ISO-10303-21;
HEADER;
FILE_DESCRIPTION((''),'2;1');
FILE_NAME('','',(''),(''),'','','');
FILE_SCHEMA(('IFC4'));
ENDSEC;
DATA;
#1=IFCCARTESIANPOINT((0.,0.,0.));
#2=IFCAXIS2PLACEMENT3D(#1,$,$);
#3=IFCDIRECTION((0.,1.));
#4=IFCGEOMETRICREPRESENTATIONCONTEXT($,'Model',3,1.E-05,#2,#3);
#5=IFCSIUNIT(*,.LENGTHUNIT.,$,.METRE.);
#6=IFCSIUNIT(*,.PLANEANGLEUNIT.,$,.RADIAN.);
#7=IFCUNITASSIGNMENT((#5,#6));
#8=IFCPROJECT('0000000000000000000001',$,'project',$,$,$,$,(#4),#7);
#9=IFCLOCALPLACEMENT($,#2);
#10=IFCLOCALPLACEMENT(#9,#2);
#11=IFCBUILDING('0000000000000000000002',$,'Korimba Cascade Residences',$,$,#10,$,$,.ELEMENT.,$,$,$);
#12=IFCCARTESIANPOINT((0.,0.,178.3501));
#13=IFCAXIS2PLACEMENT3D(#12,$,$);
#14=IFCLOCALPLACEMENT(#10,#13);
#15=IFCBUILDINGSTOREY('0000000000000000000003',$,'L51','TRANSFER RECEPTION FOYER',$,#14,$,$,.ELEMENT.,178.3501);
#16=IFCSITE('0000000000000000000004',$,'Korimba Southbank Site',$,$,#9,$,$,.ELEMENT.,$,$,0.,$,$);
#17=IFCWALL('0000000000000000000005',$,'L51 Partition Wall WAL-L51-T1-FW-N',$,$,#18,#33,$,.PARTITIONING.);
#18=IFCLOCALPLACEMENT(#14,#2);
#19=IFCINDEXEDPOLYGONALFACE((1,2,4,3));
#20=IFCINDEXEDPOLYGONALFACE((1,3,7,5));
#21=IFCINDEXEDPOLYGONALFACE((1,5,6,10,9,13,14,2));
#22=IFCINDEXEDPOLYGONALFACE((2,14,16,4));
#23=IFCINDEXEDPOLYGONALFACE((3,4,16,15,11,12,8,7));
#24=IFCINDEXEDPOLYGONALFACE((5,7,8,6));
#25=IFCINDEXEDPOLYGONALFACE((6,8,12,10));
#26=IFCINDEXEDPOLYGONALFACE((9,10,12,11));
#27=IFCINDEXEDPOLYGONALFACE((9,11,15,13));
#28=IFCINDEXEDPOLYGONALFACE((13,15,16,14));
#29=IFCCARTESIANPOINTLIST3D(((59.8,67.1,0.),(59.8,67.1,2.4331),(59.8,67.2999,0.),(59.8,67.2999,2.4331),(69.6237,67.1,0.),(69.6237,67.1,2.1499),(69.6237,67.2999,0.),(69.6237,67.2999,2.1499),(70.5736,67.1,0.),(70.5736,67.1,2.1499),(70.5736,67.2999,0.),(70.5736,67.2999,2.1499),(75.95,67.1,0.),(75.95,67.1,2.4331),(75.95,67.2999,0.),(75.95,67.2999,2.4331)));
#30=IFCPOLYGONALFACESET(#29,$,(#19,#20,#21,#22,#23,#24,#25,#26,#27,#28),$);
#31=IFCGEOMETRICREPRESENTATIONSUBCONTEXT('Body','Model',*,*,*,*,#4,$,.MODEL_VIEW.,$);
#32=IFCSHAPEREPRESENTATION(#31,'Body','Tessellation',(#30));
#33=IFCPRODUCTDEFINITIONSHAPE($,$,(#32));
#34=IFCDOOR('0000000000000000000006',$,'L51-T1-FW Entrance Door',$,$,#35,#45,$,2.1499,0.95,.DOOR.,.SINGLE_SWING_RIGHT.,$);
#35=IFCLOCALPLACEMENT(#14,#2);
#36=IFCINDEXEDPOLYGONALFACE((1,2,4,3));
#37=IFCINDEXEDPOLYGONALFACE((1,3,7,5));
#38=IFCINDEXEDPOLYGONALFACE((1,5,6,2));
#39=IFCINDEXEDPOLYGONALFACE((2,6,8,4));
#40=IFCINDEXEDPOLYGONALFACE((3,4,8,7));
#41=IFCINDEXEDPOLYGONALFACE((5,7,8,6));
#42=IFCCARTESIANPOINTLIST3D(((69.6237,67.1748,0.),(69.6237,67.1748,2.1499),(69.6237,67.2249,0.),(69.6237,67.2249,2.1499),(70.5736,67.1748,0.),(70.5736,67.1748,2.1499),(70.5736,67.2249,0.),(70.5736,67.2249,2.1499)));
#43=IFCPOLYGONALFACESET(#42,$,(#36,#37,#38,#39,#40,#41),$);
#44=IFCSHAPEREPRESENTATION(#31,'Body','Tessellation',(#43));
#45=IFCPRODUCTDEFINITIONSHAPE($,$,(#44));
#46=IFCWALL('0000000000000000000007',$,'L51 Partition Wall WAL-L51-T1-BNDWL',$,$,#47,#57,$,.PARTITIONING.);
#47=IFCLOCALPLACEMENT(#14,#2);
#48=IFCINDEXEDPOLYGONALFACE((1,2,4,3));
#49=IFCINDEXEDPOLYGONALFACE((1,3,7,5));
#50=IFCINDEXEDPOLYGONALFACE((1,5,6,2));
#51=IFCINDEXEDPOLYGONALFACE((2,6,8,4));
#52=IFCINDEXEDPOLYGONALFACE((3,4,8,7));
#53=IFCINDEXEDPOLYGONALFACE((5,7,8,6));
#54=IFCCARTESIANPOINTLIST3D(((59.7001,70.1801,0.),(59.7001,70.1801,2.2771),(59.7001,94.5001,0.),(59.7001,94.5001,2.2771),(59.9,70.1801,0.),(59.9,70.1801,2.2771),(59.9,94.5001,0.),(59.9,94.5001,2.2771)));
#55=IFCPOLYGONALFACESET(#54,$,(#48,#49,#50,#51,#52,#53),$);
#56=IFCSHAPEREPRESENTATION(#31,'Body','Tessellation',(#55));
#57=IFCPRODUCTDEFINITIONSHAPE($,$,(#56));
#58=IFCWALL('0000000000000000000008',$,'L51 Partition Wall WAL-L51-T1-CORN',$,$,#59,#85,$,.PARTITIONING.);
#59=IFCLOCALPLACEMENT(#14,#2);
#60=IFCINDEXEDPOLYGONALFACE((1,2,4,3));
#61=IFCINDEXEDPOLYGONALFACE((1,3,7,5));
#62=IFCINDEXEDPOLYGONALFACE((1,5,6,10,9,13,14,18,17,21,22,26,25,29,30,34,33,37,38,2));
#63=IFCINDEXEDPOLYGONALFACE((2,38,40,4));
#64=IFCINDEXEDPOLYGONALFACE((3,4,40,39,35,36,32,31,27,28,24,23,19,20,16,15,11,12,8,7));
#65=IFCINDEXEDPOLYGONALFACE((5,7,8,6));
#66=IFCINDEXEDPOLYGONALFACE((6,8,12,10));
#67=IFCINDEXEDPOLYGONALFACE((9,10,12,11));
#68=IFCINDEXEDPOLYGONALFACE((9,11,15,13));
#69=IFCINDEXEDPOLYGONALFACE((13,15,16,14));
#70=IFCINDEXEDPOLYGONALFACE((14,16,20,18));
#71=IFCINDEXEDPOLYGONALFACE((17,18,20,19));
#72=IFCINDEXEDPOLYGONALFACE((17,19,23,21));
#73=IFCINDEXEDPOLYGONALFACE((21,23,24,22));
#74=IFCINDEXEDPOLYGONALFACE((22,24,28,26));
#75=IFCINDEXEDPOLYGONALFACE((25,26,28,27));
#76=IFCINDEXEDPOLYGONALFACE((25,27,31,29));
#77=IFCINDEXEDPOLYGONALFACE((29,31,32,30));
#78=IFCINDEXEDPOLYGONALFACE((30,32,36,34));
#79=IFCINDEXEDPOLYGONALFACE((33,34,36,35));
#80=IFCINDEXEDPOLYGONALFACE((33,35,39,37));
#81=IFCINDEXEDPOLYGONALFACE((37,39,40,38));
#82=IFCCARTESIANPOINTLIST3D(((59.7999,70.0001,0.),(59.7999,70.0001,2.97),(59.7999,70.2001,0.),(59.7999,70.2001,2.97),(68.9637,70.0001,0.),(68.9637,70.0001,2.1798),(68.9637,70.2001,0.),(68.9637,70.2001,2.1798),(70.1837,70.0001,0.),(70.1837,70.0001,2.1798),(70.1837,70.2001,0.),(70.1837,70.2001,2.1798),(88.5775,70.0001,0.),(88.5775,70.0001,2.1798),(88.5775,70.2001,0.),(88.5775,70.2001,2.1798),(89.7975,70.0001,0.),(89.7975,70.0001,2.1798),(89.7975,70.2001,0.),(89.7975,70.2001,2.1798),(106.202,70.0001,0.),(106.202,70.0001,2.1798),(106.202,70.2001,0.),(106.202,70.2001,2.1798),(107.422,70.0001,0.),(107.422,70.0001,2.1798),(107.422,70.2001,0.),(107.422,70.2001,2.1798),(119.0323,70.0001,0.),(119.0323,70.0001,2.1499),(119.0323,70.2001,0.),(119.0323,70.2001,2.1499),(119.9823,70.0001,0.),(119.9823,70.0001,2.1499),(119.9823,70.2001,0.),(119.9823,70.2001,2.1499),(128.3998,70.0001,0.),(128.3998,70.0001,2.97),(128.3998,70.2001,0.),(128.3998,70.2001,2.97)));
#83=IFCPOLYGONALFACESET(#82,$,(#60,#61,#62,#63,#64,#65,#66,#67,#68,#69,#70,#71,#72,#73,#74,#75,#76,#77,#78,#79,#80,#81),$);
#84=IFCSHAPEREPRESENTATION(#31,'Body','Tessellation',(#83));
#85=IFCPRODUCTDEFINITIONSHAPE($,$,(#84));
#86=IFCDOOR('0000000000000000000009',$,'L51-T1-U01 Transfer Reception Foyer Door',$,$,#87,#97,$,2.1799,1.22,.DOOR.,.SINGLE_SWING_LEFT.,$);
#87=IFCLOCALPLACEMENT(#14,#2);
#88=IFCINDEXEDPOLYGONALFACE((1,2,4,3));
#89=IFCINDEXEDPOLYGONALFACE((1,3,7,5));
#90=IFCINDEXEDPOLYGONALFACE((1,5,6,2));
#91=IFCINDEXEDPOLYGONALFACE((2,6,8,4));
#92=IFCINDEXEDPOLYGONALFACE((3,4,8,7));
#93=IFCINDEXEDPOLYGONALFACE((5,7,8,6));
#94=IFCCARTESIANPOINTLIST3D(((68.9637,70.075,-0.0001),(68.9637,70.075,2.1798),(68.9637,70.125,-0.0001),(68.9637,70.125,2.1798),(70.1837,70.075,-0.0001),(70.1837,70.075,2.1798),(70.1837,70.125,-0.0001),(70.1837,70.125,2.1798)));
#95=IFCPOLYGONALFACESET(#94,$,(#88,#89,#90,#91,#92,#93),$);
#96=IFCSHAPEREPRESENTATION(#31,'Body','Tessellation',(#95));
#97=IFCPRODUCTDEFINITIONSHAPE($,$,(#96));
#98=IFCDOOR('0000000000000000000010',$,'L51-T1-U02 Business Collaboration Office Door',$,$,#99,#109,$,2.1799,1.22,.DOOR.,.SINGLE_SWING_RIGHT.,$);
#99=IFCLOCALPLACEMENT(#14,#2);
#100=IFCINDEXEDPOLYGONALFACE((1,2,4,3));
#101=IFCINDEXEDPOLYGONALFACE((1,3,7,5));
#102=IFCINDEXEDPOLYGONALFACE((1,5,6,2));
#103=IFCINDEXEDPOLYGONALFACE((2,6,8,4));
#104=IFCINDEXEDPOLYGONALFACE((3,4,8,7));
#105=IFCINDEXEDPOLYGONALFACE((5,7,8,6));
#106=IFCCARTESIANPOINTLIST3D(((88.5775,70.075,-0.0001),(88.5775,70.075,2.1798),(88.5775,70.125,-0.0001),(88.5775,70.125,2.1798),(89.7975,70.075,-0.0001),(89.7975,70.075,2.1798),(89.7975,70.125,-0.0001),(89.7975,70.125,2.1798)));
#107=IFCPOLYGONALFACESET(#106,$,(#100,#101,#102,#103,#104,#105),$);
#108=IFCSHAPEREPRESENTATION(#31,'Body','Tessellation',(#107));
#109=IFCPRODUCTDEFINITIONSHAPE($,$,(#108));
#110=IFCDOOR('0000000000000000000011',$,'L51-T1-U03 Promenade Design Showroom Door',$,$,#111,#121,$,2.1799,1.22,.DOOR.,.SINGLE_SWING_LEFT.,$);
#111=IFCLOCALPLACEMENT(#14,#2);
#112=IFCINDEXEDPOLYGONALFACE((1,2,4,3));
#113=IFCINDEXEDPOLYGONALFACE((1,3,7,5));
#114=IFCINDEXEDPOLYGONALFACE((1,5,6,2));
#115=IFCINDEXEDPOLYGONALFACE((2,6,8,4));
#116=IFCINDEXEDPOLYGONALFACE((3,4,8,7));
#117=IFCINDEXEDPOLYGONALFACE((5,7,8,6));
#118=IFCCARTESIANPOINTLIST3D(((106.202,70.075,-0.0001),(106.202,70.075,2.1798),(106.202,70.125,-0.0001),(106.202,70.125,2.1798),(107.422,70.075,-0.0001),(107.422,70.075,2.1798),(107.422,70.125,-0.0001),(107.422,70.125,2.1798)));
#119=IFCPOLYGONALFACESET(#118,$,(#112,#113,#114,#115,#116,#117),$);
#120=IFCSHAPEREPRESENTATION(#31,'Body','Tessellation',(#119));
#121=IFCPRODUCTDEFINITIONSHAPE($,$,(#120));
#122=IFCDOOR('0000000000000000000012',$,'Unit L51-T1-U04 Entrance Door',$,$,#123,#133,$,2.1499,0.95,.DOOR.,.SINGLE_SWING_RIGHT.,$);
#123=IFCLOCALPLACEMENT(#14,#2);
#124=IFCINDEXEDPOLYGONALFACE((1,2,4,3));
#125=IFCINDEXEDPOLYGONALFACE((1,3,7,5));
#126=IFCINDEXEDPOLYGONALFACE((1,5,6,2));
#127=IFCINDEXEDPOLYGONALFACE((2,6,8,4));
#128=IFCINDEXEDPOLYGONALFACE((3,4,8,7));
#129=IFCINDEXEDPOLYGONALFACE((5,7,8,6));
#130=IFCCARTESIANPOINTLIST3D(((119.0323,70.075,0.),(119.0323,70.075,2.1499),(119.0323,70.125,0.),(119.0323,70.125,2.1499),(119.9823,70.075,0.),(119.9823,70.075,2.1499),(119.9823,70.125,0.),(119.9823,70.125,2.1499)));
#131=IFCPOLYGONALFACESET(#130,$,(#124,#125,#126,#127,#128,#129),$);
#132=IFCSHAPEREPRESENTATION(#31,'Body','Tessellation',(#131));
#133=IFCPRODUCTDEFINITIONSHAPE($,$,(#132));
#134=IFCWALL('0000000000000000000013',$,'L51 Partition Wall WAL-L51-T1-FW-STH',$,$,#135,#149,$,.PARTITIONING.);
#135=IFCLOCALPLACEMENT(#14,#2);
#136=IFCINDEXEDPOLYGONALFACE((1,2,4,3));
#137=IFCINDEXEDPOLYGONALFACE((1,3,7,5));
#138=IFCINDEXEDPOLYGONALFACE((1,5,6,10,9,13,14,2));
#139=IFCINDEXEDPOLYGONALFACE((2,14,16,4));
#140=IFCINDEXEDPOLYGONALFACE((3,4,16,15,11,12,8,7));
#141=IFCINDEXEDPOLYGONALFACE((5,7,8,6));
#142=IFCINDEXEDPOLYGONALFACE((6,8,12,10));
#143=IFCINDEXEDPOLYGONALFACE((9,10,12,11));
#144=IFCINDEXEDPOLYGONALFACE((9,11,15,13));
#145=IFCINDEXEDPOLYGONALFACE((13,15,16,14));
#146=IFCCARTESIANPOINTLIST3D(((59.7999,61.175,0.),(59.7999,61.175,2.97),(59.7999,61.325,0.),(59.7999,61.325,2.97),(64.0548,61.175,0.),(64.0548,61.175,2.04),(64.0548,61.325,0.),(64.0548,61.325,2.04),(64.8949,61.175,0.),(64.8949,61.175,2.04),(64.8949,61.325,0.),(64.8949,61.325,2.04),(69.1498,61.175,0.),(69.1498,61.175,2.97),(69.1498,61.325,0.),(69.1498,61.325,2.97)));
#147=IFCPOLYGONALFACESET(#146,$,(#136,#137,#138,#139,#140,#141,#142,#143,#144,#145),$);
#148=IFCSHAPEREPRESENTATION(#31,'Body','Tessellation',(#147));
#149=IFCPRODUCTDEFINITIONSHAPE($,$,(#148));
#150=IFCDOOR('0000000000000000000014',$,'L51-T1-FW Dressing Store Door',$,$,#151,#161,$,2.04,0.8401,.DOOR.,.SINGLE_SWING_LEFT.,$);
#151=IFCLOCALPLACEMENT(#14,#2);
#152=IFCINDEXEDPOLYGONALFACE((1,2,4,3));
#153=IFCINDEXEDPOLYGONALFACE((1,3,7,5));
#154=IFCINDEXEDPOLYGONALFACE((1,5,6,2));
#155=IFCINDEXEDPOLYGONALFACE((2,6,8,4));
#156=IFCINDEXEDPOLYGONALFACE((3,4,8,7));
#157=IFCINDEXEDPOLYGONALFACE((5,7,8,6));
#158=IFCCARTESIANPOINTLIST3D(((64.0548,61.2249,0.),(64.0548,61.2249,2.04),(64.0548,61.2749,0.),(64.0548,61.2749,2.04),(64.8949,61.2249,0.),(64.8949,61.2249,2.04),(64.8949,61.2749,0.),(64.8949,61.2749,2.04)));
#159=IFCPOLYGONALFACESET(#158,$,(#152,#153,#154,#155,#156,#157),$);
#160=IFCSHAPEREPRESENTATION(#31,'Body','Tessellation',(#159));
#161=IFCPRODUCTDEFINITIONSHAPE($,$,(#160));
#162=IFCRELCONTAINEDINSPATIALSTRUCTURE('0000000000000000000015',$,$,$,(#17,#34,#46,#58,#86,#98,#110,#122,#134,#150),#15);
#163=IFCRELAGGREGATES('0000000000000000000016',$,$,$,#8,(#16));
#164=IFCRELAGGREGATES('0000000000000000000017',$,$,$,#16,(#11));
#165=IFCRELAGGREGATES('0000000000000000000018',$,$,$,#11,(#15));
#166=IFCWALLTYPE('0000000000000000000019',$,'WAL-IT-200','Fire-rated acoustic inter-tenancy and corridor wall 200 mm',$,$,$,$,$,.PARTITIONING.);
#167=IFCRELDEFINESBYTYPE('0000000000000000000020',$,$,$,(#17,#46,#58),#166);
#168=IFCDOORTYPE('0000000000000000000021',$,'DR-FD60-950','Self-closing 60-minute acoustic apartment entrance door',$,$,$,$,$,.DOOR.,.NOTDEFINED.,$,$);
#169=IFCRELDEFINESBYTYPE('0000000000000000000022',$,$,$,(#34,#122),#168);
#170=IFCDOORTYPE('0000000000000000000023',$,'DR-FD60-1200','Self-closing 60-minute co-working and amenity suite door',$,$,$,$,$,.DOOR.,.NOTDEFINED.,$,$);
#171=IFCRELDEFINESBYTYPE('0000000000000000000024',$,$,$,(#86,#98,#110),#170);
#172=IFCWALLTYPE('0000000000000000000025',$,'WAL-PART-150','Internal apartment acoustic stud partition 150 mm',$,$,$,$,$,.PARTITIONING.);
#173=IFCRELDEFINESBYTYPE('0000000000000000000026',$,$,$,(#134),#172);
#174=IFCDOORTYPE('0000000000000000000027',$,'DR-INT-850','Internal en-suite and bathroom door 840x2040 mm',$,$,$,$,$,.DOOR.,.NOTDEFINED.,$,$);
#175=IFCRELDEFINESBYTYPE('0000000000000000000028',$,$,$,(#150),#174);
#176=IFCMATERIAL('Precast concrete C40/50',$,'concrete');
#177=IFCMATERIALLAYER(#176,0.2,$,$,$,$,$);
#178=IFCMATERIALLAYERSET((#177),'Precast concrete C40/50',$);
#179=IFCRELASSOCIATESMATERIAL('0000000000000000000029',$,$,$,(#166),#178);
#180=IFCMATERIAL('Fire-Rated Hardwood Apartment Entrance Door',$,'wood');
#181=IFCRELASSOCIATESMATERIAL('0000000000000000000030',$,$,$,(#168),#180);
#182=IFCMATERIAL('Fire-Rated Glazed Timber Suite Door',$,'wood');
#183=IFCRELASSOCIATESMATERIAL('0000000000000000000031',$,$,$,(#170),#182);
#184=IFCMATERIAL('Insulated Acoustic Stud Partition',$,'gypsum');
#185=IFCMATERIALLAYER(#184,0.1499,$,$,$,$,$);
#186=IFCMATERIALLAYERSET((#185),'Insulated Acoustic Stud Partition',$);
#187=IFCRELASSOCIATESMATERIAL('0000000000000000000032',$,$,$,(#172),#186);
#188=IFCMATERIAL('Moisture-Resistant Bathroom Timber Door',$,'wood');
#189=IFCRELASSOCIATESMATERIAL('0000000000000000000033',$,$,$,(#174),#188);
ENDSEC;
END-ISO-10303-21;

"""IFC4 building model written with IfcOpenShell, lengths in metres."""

from ifc_helpers import new_model, si_unit, direction, frame, frame_2d, origin, place, context, subcontext, project, spatial, rectangle, extrude, material, layer, layer_set, type_object, element, fill, save


model = new_model("IFC4")

# Units and contexts
model_context = context("Model", 3, precision=1e-05, world=origin(), true_north=direction((0.0, 1.0)))
body_context = subcontext(model_context, "Body", "Model", "MODEL_VIEW")
ifc_project = project(units=[si_unit("LENGTHUNIT", "METRE"), si_unit("PLANEANGLEUNIT", "RADIAN")], contexts=[model_context])

# Site, building, storey
site_placement = place(None, origin())
site = spatial("IfcSite", under=ifc_project, at=site_placement, Name="Korimba Southbank Site", CompositionType="ELEMENT", RefElevation=0.0)
building_placement = place(site_placement, origin())
building = spatial("IfcBuilding", under=site, at=building_placement, Name="Korimba Cascade Residences", CompositionType="ELEMENT")
storey_placement = place(building_placement, frame((0.0, 0.0, 178.3501)))
storey = spatial("IfcBuildingStorey", under=building, at=storey_placement, Name="L51", Description="TRANSFER RECEPTION FOYER", CompositionType="ELEMENT", Elevation=178.3501)

# Wall, opening, door
ifc_material_1 = material(Name="Precast concrete C40/50", Category="concrete")
ifc_layer_1 = layer(ifc_material_1, 0.2)
ifc_layer_set_1 = layer_set([ifc_layer_1], Name="Precast concrete C40/50")
wall_type_1 = type_object("IfcWallType", Name="WAL-IT-200", Description="Fire-rated acoustic inter-tenancy and corridor wall 200 mm", PredefinedType="PARTITIONING", material=ifc_layer_set_1)
wall_1_placement = place(storey_placement, frame((59.8, 67.2, 0.0), z_axis=(0.0, 0.0, 1.0), x_axis=(1.0, 0.0, 0.0)))
wall_1 = element("IfcWall", 1, at=wall_1_placement, inside=storey, type_object=wall_type_1, Name="L51 Partition Wall WAL-L51-T1-FW-N", PredefinedType="PARTITIONING", context=body_context, shape_type="SweptSolid", body=[
    extrude(rectangle(XDim=16.1499, YDim=0.2, at=frame_2d((8.075, 0.0))), origin(), (0.0, 0.0, 1.0), 2.4331),
])
opening_1_placement = place(wall_1_placement, frame((9.8235, 0.0, 0.0)))
opening_1 = element("IfcOpeningElement", 2, at=opening_1_placement, cuts=wall_1, PredefinedType="OPENING", context=body_context, shape_type="SweptSolid", body=[
    extrude(rectangle(XDim=0.95, YDim=2.1499, at=frame_2d((0.4751, 1.075))), frame((0.0, 0.1099, 0.0), z_axis=(0.0, -1.0, 0.0), x_axis=(1.0, 0.0, 0.0)), (0.0, 0.0, 1.0), 0.22),
])
ifc_material_2 = material(Name="Fire-Rated Hardwood Apartment Entrance Door", Category="wood")
door_type_1 = type_object("IfcDoorType", Name="DR-FD60-950", Description="Self-closing 60-minute acoustic apartment entrance door", OperationType="NOTDEFINED", PredefinedType="DOOR", material=ifc_material_2)
door_1_placement = place(opening_1_placement, origin())
door_1 = element("IfcDoor", 3, at=door_1_placement, inside=storey, type_object=door_type_1, Name="L51-T1-FW Entrance Door", OperationType="SINGLE_SWING_RIGHT", OverallHeight=2.1499, OverallWidth=0.95, PredefinedType="DOOR", context=body_context, shape_type="SweptSolid", body=[
    extrude(rectangle(XDim=0.95, YDim=2.1499, at=frame_2d((0.4751, 1.075))), frame((0.0, 0.0249, 0.0), z_axis=(0.0, -1.0, 0.0), x_axis=(1.0, 0.0, 0.0)), (0.0, 0.0, 1.0), 0.05),
])
fill(opening_1, door_1)

# Wall
wall_2_placement = place(storey_placement, frame((59.8, 70.1799, 0.0), z_axis=(0.0, 0.0, 1.0), x_axis=(0.0, 1.0, 0.0)))
element("IfcWall", 4, at=wall_2_placement, inside=storey, type_object=wall_type_1, Name="L51 Partition Wall WAL-L51-T1-BNDWL", PredefinedType="PARTITIONING", context=body_context, shape_type="SweptSolid", body=[
    extrude(rectangle(XDim=24.3201, YDim=0.2, at=frame_2d((12.1602, 0.0))), origin(), (0.0, 0.0, 1.0), 2.2771),
])

# Wall, openings, doors
wall_3_placement = place(storey_placement, frame((59.8, 70.1001, 0.0), z_axis=(0.0, 0.0, 1.0), x_axis=(1.0, 0.0, 0.0)))
wall_3 = element("IfcWall", 5, at=wall_3_placement, inside=storey, type_object=wall_type_1, Name="L51 Partition Wall WAL-L51-T1-CORN", PredefinedType="PARTITIONING", context=body_context, shape_type="SweptSolid", body=[
    extrude(rectangle(XDim=68.5999, YDim=0.2, at=frame_2d((34.2998, 0.0))), origin(), (0.0, 0.0, 1.0), 2.97),
])
opening_2_placement = place(wall_3_placement, frame((9.1638, 0.0, 0.0)))
opening_2 = element("IfcOpeningElement", 6, at=opening_2_placement, cuts=wall_3, PredefinedType="OPENING", context=body_context, shape_type="SweptSolid", body=[
    extrude(rectangle(XDim=1.22, YDim=2.1799, at=frame_2d((0.6099, 1.0898))), frame((0.0, 0.1099, 0.0), z_axis=(0.0, -1.0, 0.0), x_axis=(1.0, 0.0, 0.0)), (0.0, 0.0, 1.0), 0.22),
])
opening_3_placement = place(wall_3_placement, frame((28.7776, 0.0, 0.0)))
opening_3 = element("IfcOpeningElement", 7, at=opening_3_placement, cuts=wall_3, PredefinedType="OPENING", context=body_context, shape_type="SweptSolid", body=[
    extrude(rectangle(XDim=1.22, YDim=2.1799, at=frame_2d((0.6099, 1.0898))), frame((0.0, 0.1099, 0.0), z_axis=(0.0, -1.0, 0.0), x_axis=(1.0, 0.0, 0.0)), (0.0, 0.0, 1.0), 0.22),
])
opening_4_placement = place(wall_3_placement, frame((46.4021, 0.0, 0.0)))
opening_4 = element("IfcOpeningElement", 8, at=opening_4_placement, cuts=wall_3, PredefinedType="OPENING", context=body_context, shape_type="SweptSolid", body=[
    extrude(rectangle(XDim=1.22, YDim=2.1799, at=frame_2d((0.6099, 1.0898))), frame((0.0, 0.1099, 0.0), z_axis=(0.0, -1.0, 0.0), x_axis=(1.0, 0.0, 0.0)), (0.0, 0.0, 1.0), 0.22),
])
opening_5_placement = place(wall_3_placement, frame((59.2322, 0.0, 0.0)))
opening_5 = element("IfcOpeningElement", 9, at=opening_5_placement, cuts=wall_3, PredefinedType="OPENING", context=body_context, shape_type="SweptSolid", body=[
    extrude(rectangle(XDim=0.95, YDim=2.1499, at=frame_2d((0.4751, 1.075))), frame((0.0, 0.1099, 0.0), z_axis=(0.0, -1.0, 0.0), x_axis=(1.0, 0.0, 0.0)), (0.0, 0.0, 1.0), 0.22),
])
ifc_material_3 = material(Name="Fire-Rated Glazed Timber Suite Door", Category="wood")
door_type_2 = type_object("IfcDoorType", Name="DR-FD60-1200", Description="Self-closing 60-minute co-working and amenity suite door", OperationType="NOTDEFINED", PredefinedType="DOOR", material=ifc_material_3)
door_2_placement = place(opening_2_placement, origin())
door_2 = element("IfcDoor", 10, at=door_2_placement, inside=storey, type_object=door_type_2, Name="L51-T1-U01 Transfer Reception Foyer Door", OperationType="SINGLE_SWING_LEFT", OverallHeight=2.1799, OverallWidth=1.22, PredefinedType="DOOR", context=body_context, shape_type="SweptSolid", body=[
    extrude(rectangle(XDim=1.22, YDim=2.1799, at=frame_2d((0.6099, 1.0898))), frame((0.0, 0.0249, 0.0), z_axis=(0.0, -1.0, 0.0), x_axis=(1.0, 0.0, 0.0)), (0.0, 0.0, 1.0), 0.05),
])
fill(opening_2, door_2)
door_3_placement = place(opening_3_placement, origin())
door_3 = element("IfcDoor", 11, at=door_3_placement, inside=storey, type_object=door_type_2, Name="L51-T1-U02 Business Collaboration Office Door", OperationType="SINGLE_SWING_RIGHT", OverallHeight=2.1799, OverallWidth=1.22, PredefinedType="DOOR", context=body_context, shape_type="SweptSolid", body=[
    extrude(rectangle(XDim=1.22, YDim=2.1799, at=frame_2d((0.6099, 1.0898))), frame((0.0, 0.0249, 0.0), z_axis=(0.0, -1.0, 0.0), x_axis=(1.0, 0.0, 0.0)), (0.0, 0.0, 1.0), 0.05),
])
fill(opening_3, door_3)
door_4_placement = place(opening_4_placement, origin())
door_4 = element("IfcDoor", 12, at=door_4_placement, inside=storey, type_object=door_type_2, Name="L51-T1-U03 Promenade Design Showroom Door", OperationType="SINGLE_SWING_LEFT", OverallHeight=2.1799, OverallWidth=1.22, PredefinedType="DOOR", context=body_context, shape_type="SweptSolid", body=[
    extrude(rectangle(XDim=1.22, YDim=2.1799, at=frame_2d((0.6099, 1.0898))), frame((0.0, 0.0249, 0.0), z_axis=(0.0, -1.0, 0.0), x_axis=(1.0, 0.0, 0.0)), (0.0, 0.0, 1.0), 0.05),
])
fill(opening_4, door_4)
door_5_placement = place(opening_5_placement, origin())
door_5 = element("IfcDoor", 13, at=door_5_placement, inside=storey, type_object=door_type_1, Name="Unit L51-T1-U04 Entrance Door", OperationType="SINGLE_SWING_RIGHT", OverallHeight=2.1499, OverallWidth=0.95, PredefinedType="DOOR", context=body_context, shape_type="SweptSolid", body=[
    extrude(rectangle(XDim=0.95, YDim=2.1499, at=frame_2d((0.4751, 1.075))), frame((0.0, 0.0249, 0.0), z_axis=(0.0, -1.0, 0.0), x_axis=(1.0, 0.0, 0.0)), (0.0, 0.0, 1.0), 0.05),
])
fill(opening_5, door_5)

# Wall, opening, door
ifc_material_4 = material(Name="Insulated Acoustic Stud Partition", Category="gypsum")
ifc_layer_2 = layer(ifc_material_4, 0.1499)
ifc_layer_set_2 = layer_set([ifc_layer_2], Name="Insulated Acoustic Stud Partition")
wall_type_2 = type_object("IfcWallType", Name="WAL-PART-150", Description="Internal apartment acoustic stud partition 150 mm", PredefinedType="PARTITIONING", material=ifc_layer_set_2)
wall_4_placement = place(storey_placement, frame((59.8, 61.25, 0.0), z_axis=(0.0, 0.0, 1.0), x_axis=(1.0, 0.0, 0.0)))
wall_4 = element("IfcWall", 14, at=wall_4_placement, inside=storey, type_object=wall_type_2, Name="L51 Partition Wall WAL-L51-T1-FW-STH", PredefinedType="PARTITIONING", context=body_context, shape_type="SweptSolid", body=[
    extrude(rectangle(XDim=9.3499, YDim=0.1499, at=frame_2d((4.6748, 0.0))), origin(), (0.0, 0.0, 1.0), 2.97),
])
opening_6_placement = place(wall_4_placement, frame((4.2549, 0.0, 0.0)))
opening_6 = element("IfcOpeningElement", 15, at=opening_6_placement, cuts=wall_4, PredefinedType="OPENING", context=body_context, shape_type="SweptSolid", body=[
    extrude(rectangle(XDim=0.8401, YDim=2.04, at=frame_2d((0.4199, 1.02))), frame((0.0, 0.085, 0.0), z_axis=(0.0, -1.0, 0.0), x_axis=(1.0, 0.0, 0.0)), (0.0, 0.0, 1.0), 0.1699),
])
ifc_material_5 = material(Name="Moisture-Resistant Bathroom Timber Door", Category="wood")
door_type_3 = type_object("IfcDoorType", Name="DR-INT-850", Description="Internal en-suite and bathroom door 840x2040 mm", OperationType="NOTDEFINED", PredefinedType="DOOR", material=ifc_material_5)
door_6_placement = place(opening_6_placement, origin())
door_6 = element("IfcDoor", 16, at=door_6_placement, inside=storey, type_object=door_type_3, Name="L51-T1-FW Dressing Store Door", OperationType="SINGLE_SWING_LEFT", OverallHeight=2.04, OverallWidth=0.8401, PredefinedType="DOOR", context=body_context, shape_type="SweptSolid", body=[
    extrude(rectangle(XDim=0.8401, YDim=2.04, at=frame_2d((0.4199, 1.02))), frame((0.0, 0.0249, 0.0), z_axis=(0.0, -1.0, 0.0), x_axis=(1.0, 0.0, 0.0)), (0.0, 0.0, 1.0), 0.05),
])
fill(opening_6, door_6)

save(model, "model.ifc")
